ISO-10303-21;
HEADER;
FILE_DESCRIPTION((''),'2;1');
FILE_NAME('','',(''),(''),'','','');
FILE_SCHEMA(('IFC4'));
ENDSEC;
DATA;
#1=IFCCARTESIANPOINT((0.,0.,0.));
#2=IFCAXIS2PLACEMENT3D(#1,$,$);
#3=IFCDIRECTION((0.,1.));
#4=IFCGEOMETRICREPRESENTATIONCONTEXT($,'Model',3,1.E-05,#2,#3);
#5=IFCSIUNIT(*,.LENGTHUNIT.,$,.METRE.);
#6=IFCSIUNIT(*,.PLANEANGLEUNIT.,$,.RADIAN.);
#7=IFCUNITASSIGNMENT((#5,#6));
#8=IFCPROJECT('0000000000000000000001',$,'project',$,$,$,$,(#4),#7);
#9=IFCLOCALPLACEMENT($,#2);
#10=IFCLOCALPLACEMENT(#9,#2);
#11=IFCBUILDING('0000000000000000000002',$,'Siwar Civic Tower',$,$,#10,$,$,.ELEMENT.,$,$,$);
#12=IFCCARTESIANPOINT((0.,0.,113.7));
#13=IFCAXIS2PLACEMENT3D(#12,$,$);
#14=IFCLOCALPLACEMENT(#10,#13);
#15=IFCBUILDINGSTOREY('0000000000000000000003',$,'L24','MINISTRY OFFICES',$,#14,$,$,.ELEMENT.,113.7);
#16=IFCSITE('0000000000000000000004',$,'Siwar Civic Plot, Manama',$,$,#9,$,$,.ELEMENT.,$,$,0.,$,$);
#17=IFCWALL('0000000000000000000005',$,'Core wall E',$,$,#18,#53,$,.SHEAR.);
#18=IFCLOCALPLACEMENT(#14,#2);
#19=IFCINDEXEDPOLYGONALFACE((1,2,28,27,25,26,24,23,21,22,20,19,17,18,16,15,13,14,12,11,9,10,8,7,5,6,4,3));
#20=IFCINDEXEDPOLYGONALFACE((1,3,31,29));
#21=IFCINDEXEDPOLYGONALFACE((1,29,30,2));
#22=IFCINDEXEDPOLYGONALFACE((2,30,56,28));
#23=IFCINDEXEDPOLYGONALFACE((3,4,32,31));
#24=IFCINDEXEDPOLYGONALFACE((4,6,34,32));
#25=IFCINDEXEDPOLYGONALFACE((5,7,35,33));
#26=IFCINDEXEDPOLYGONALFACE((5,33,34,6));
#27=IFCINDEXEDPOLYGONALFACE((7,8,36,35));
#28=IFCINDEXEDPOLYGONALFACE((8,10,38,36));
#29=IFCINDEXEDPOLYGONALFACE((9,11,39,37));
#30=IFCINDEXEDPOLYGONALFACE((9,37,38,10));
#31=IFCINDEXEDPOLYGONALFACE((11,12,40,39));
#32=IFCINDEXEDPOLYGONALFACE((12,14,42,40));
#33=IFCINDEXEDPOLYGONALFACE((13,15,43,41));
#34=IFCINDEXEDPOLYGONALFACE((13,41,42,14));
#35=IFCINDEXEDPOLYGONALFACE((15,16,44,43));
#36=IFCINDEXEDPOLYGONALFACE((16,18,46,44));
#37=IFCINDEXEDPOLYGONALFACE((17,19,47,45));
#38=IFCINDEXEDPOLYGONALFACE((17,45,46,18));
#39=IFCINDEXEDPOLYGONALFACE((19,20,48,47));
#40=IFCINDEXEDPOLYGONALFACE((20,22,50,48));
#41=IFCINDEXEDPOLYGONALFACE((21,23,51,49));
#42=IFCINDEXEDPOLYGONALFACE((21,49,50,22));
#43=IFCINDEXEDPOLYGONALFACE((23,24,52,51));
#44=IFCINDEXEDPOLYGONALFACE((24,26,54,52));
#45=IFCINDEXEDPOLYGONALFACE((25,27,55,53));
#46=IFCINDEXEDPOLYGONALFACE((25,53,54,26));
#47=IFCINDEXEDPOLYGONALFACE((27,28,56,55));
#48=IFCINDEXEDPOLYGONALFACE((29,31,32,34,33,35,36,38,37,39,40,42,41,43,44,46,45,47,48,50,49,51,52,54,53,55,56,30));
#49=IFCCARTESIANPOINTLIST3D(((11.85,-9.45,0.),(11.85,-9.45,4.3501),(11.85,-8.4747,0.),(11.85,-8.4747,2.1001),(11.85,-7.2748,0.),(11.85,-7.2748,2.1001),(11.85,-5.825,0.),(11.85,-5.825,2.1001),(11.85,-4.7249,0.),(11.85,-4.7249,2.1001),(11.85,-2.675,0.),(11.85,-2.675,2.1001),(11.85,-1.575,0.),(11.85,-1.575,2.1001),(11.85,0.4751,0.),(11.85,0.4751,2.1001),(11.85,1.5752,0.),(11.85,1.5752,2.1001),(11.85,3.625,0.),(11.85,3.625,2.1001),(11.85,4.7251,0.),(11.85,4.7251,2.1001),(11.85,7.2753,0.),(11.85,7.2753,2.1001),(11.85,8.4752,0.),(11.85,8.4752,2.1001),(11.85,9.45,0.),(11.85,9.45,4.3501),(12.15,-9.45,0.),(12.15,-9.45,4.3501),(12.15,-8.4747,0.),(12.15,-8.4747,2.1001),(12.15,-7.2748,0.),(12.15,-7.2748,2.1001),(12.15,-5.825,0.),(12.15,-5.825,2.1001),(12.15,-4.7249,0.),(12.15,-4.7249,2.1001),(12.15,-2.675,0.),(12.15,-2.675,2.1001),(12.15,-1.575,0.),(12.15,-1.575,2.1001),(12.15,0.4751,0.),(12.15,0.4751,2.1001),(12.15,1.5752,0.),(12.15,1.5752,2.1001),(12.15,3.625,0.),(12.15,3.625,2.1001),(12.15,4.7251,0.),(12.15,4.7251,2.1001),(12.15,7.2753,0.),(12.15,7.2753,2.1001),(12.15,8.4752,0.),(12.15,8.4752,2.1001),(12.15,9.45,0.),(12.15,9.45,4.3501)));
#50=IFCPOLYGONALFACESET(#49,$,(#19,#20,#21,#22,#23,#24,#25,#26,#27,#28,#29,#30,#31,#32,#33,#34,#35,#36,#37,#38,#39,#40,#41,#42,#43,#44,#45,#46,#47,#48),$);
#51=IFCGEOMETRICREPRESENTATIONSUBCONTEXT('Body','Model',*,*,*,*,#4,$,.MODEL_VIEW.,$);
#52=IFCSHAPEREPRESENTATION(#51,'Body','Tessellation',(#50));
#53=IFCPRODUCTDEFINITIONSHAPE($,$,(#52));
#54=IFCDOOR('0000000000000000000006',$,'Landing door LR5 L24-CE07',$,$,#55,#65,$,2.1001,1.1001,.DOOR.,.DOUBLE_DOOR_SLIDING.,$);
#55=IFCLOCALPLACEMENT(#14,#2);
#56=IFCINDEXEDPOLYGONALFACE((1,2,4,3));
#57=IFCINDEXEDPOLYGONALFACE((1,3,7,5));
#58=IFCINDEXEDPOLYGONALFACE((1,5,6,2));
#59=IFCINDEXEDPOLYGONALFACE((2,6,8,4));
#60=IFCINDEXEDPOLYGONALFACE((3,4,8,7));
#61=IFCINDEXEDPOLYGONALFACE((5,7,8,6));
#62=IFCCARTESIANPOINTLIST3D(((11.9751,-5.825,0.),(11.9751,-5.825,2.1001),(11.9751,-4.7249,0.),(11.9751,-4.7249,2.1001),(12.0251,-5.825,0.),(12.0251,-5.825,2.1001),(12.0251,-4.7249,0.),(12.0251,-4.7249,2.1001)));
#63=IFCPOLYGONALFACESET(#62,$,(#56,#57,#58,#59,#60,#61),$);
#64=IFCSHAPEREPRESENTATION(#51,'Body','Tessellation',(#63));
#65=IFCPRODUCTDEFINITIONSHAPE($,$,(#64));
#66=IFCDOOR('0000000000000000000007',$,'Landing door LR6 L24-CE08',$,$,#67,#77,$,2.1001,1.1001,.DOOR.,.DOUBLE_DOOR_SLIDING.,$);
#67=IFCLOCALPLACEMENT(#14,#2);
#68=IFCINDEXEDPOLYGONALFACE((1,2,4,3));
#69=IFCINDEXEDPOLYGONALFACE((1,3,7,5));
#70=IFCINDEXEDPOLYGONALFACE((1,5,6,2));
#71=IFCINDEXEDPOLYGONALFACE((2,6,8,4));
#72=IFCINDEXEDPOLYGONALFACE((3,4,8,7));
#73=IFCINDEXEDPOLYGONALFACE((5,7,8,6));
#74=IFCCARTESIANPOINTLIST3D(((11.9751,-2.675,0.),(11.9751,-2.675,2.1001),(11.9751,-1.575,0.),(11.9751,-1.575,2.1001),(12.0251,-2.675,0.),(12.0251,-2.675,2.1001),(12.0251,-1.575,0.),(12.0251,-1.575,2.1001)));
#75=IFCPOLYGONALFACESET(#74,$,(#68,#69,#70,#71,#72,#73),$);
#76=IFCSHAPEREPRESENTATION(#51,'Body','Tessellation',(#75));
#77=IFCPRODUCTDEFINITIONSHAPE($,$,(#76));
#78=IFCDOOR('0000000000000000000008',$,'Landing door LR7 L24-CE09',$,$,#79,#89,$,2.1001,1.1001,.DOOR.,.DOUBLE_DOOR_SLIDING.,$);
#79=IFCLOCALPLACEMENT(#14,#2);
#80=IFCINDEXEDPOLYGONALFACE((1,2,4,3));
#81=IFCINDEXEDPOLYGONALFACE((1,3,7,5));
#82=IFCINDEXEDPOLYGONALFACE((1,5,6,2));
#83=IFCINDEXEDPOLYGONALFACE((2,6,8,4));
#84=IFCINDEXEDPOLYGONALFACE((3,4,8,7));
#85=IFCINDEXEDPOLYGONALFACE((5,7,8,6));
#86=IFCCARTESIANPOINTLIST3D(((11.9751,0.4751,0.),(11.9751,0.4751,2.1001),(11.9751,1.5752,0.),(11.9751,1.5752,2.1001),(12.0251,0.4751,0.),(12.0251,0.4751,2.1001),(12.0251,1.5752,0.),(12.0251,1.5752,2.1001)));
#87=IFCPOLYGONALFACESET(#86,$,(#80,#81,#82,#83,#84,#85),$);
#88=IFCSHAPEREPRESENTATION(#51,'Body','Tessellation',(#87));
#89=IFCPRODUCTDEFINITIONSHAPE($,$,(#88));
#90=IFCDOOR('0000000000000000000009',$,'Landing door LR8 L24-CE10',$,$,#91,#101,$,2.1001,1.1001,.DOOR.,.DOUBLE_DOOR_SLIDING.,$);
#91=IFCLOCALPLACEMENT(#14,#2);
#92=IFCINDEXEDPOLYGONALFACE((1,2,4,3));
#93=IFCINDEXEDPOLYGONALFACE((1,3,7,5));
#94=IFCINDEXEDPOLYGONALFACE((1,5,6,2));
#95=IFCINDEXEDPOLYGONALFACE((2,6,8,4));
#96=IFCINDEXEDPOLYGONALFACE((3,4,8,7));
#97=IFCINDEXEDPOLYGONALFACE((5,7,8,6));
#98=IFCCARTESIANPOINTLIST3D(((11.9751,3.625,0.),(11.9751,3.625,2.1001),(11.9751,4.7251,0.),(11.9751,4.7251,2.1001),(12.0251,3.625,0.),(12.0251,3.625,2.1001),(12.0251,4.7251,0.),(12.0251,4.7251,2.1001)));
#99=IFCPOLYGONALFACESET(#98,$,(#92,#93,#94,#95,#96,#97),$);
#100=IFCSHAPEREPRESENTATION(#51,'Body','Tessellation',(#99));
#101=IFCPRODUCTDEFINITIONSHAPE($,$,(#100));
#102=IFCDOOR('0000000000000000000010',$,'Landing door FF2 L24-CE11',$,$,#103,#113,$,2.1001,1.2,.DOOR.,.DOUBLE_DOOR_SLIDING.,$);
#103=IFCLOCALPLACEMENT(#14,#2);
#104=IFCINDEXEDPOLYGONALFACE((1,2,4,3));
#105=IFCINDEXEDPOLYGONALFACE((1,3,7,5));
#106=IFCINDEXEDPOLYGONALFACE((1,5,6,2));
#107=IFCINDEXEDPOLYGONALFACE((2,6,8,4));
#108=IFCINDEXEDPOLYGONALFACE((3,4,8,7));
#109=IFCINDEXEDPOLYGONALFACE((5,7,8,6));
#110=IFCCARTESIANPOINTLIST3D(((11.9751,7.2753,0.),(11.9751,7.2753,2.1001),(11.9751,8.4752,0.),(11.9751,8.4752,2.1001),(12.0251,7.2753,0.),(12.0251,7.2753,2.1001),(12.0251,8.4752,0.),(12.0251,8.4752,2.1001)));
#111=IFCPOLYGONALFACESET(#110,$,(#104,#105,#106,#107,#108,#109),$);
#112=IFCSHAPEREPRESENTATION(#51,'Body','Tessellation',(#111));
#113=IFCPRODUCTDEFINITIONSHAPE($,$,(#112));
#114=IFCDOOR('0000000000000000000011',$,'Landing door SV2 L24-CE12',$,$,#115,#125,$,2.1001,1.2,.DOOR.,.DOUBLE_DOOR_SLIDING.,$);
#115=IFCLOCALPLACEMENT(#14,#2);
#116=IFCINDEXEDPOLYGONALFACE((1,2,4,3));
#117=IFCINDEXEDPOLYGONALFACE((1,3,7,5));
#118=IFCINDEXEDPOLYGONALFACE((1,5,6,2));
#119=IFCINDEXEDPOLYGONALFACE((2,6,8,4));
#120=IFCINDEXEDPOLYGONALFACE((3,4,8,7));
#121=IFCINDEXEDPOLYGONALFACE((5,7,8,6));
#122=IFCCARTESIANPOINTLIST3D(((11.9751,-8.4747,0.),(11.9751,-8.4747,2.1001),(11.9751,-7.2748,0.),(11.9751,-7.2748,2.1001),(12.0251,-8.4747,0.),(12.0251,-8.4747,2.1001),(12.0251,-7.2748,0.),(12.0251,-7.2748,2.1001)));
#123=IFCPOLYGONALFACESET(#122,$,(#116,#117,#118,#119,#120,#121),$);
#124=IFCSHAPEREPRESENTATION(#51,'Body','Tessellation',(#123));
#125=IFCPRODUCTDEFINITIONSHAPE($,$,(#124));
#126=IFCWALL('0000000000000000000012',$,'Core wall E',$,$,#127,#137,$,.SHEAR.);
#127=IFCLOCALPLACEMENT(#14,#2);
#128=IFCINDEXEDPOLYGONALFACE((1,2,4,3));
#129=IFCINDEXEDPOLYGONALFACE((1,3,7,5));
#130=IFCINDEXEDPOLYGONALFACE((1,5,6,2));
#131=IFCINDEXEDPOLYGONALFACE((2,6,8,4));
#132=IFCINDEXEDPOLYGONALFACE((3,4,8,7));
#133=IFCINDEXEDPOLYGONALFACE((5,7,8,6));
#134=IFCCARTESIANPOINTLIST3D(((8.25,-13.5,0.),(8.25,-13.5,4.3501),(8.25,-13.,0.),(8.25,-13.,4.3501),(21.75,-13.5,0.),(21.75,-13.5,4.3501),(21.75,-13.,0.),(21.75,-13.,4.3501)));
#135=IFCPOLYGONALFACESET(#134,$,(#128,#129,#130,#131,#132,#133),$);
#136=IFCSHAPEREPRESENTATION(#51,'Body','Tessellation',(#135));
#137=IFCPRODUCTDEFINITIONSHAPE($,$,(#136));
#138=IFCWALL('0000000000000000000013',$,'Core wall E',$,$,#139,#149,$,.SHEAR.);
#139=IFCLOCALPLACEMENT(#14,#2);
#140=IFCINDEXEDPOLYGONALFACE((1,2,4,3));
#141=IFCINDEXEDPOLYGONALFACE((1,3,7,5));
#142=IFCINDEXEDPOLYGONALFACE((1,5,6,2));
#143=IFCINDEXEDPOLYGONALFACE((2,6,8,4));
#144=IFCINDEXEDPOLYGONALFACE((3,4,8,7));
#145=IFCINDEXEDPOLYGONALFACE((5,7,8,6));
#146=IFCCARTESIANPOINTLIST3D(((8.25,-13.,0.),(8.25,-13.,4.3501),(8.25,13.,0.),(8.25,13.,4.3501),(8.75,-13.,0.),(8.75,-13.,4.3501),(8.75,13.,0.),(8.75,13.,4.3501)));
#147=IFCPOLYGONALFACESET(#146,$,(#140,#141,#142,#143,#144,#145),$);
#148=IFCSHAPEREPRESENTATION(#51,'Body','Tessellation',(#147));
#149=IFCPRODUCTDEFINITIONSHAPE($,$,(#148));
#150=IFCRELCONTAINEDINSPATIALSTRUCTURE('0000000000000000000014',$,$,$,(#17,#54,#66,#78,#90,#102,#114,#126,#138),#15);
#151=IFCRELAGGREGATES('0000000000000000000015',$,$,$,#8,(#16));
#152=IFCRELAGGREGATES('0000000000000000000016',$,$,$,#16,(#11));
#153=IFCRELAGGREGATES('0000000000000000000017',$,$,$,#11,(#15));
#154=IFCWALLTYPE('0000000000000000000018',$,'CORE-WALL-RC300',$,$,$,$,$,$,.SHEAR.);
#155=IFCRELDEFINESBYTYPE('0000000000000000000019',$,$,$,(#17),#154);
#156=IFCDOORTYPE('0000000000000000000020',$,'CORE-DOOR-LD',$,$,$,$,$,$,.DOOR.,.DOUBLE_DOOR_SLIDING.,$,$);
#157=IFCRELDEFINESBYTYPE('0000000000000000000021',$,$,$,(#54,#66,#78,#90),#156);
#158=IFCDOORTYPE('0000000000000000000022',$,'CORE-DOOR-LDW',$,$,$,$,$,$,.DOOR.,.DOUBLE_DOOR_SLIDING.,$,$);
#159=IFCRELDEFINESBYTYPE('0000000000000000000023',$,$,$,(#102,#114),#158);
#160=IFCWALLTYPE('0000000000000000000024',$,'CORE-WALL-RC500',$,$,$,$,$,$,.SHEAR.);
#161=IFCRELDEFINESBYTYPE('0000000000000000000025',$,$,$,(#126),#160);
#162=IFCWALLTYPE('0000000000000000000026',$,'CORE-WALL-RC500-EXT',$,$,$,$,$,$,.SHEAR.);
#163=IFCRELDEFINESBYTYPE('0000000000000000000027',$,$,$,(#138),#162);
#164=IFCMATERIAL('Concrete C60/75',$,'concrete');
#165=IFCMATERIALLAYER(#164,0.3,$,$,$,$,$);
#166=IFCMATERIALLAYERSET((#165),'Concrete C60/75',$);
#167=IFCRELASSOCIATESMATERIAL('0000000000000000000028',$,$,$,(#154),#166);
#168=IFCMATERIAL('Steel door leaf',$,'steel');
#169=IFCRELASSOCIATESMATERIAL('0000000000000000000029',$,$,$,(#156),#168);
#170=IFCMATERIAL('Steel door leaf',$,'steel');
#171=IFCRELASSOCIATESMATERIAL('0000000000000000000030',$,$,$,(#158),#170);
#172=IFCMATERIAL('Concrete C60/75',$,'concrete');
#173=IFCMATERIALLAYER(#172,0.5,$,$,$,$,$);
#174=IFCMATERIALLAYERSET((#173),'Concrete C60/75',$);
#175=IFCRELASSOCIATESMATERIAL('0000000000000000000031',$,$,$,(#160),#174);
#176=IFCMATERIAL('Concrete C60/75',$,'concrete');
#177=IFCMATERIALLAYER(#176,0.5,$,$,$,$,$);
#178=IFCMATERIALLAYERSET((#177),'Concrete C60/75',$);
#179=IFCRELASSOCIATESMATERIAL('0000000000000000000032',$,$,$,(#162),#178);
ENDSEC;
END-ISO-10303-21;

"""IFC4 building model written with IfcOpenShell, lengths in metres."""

from ifc_helpers import new_model, si_unit, direction, frame, frame_2d, origin, place, context, subcontext, project, spatial, rectangle, extrude, material, layer, layer_set, type_object, element, fill, save


model = new_model("IFC4")

# Units and contexts
model_context = context("Model", 3, precision=1e-05, world=origin(), true_north=direction((0.0, 1.0)))
body_context = subcontext(model_context, "Body", "Model", "MODEL_VIEW")
ifc_project = project(units=[si_unit("LENGTHUNIT", "METRE"), si_unit("PLANEANGLEUNIT", "RADIAN")], contexts=[model_context])

# Site, building, storey
site_placement = place(None, origin())
site = spatial("IfcSite", under=ifc_project, at=site_placement, Name="Siwar Civic Plot, Manama", CompositionType="ELEMENT", RefElevation=0.0)
building_placement = place(site_placement, origin())
building = spatial("IfcBuilding", under=site, at=building_placement, Name="Siwar Civic Tower", CompositionType="ELEMENT")
storey_placement = place(building_placement, frame((0.0, 0.0, 113.7)))
storey = spatial("IfcBuildingStorey", under=building, at=storey_placement, Name="L24", Description="MINISTRY OFFICES", CompositionType="ELEMENT", Elevation=113.7)

# Wall, openings, doors
ifc_material_1 = material(Name="Concrete C60/75", Category="concrete")
ifc_layer_1 = layer(ifc_material_1, 0.3)
ifc_layer_set_1 = layer_set([ifc_layer_1], Name="Concrete C60/75")
wall_type_1 = type_object("IfcWallType", Name="CORE-WALL-RC300", PredefinedType="SHEAR", material=ifc_layer_set_1)
wall_1_placement = place(storey_placement, frame((12.0, -9.45, 0.0), z_axis=(0.0, 0.0, 1.0), x_axis=(0.0, 1.0, 0.0)))
wall_1 = element("IfcWall", 1, at=wall_1_placement, inside=storey, type_object=wall_type_1, Name="Core wall E", PredefinedType="SHEAR", context=body_context, shape_type="SweptSolid", body=[
    extrude(rectangle(XDim=18.8999, YDim=0.3, at=frame_2d((9.45, 0.0))), origin(), (0.0, 0.0, 1.0), 4.3501),
])
opening_1_placement = place(wall_1_placement, frame((3.625, 0.0, 0.0)))
opening_1 = element("IfcOpeningElement", 2, at=opening_1_placement, cuts=wall_1, PredefinedType="OPENING", context=body_context, shape_type="SweptSolid", body=[
    extrude(rectangle(XDim=1.1001, YDim=2.1001, at=frame_2d((0.55, 1.05))), frame((0.0, 0.1602, 0.0), z_axis=(0.0, -1.0, 0.0), x_axis=(1.0, 0.0, 0.0)), (0.0, 0.0, 1.0), 0.3201),
])
opening_2_placement = place(wall_1_placement, frame((6.7749, 0.0, 0.0)))
opening_2 = element("IfcOpeningElement", 3, at=opening_2_placement, cuts=wall_1, PredefinedType="OPENING", context=body_context, shape_type="SweptSolid", body=[
    extrude(rectangle(XDim=1.1001, YDim=2.1001, at=frame_2d((0.55, 1.05))), frame((0.0, 0.1602, 0.0), z_axis=(0.0, -1.0, 0.0), x_axis=(1.0, 0.0, 0.0)), (0.0, 0.0, 1.0), 0.3201),
])
opening_3_placement = place(wall_1_placement, frame((9.925, 0.0, 0.0)))
opening_3 = element("IfcOpeningElement", 4, at=opening_3_placement, cuts=wall_1, PredefinedType="OPENING", context=body_context, shape_type="SweptSolid", body=[
    extrude(rectangle(XDim=1.1001, YDim=2.1001, at=frame_2d((0.55, 1.05))), frame((0.0, 0.1602, 0.0), z_axis=(0.0, -1.0, 0.0), x_axis=(1.0, 0.0, 0.0)), (0.0, 0.0, 1.0), 0.3201),
])
opening_4_placement = place(wall_1_placement, frame((13.075, 0.0, 0.0)))
opening_4 = element("IfcOpeningElement", 5, at=opening_4_placement, cuts=wall_1, PredefinedType="OPENING", context=body_context, shape_type="SweptSolid", body=[
    extrude(rectangle(XDim=1.1001, YDim=2.1001, at=frame_2d((0.55, 1.05))), frame((0.0, 0.1602, 0.0), z_axis=(0.0, -1.0, 0.0), x_axis=(1.0, 0.0, 0.0)), (0.0, 0.0, 1.0), 0.3201),
])
opening_5_placement = place(wall_1_placement, frame((16.7251, 0.0, 0.0)))
opening_5 = element("IfcOpeningElement", 6, at=opening_5_placement, cuts=wall_1, PredefinedType="OPENING", context=body_context, shape_type="SweptSolid", body=[
    extrude(rectangle(XDim=1.2, YDim=2.1001, at=frame_2d((0.6001, 1.05))), frame((0.0, 0.1602, 0.0), z_axis=(0.0, -1.0, 0.0), x_axis=(1.0, 0.0, 0.0)), (0.0, 0.0, 1.0), 0.3201),
])
opening_6_placement = place(wall_1_placement, frame((0.9751, 0.0, 0.0)))
opening_6 = element("IfcOpeningElement", 7, at=opening_6_placement, cuts=wall_1, PredefinedType="OPENING", context=body_context, shape_type="SweptSolid", body=[
    extrude(rectangle(XDim=1.2, YDim=2.1001, at=frame_2d((0.6001, 1.05))), frame((0.0, 0.1602, 0.0), z_axis=(0.0, -1.0, 0.0), x_axis=(1.0, 0.0, 0.0)), (0.0, 0.0, 1.0), 0.3201),
])
ifc_material_2 = material(Name="Steel door leaf", Category="steel")
door_type_1 = type_object("IfcDoorType", Name="CORE-DOOR-LD", OperationType="DOUBLE_DOOR_SLIDING", PredefinedType="DOOR", material=ifc_material_2)
door_1_placement = place(opening_1_placement, origin())
door_1 = element("IfcDoor", 8, at=door_1_placement, inside=storey, type_object=door_type_1, Name="Landing door LR5 L24-CE07", OperationType="DOUBLE_DOOR_SLIDING", OverallHeight=2.1001, OverallWidth=1.1001, PredefinedType="DOOR", context=body_context, shape_type="SweptSolid", body=[
    extrude(rectangle(XDim=1.1001, YDim=2.1001, at=frame_2d((0.55, 1.05))), frame((0.0, 0.0249, 0.0), z_axis=(0.0, -1.0, 0.0), x_axis=(1.0, 0.0, 0.0)), (0.0, 0.0, 1.0), 0.05),
])
fill(opening_1, door_1)
door_2_placement = place(opening_2_placement, origin())
door_2 = element("IfcDoor", 9, at=door_2_placement, inside=storey, type_object=door_type_1, Name="Landing door LR6 L24-CE08", OperationType="DOUBLE_DOOR_SLIDING", OverallHeight=2.1001, OverallWidth=1.1001, PredefinedType="DOOR", context=body_context, shape_type="SweptSolid", body=[
    extrude(rectangle(XDim=1.1001, YDim=2.1001, at=frame_2d((0.55, 1.05))), frame((0.0, 0.0249, 0.0), z_axis=(0.0, -1.0, 0.0), x_axis=(1.0, 0.0, 0.0)), (0.0, 0.0, 1.0), 0.05),
])
fill(opening_2, door_2)
door_3_placement = place(opening_3_placement, origin())
door_3 = element("IfcDoor", 10, at=door_3_placement, inside=storey, type_object=door_type_1, Name="Landing door LR7 L24-CE09", OperationType="DOUBLE_DOOR_SLIDING", OverallHeight=2.1001, OverallWidth=1.1001, PredefinedType="DOOR", context=body_context, shape_type="SweptSolid", body=[
    extrude(rectangle(XDim=1.1001, YDim=2.1001, at=frame_2d((0.55, 1.05))), frame((0.0, 0.0249, 0.0), z_axis=(0.0, -1.0, 0.0), x_axis=(1.0, 0.0, 0.0)), (0.0, 0.0, 1.0), 0.05),
])
fill(opening_3, door_3)
door_4_placement = place(opening_4_placement, origin())
door_4 = element("IfcDoor", 11, at=door_4_placement, inside=storey, type_object=door_type_1, Name="Landing door LR8 L24-CE10", OperationType="DOUBLE_DOOR_SLIDING", OverallHeight=2.1001, OverallWidth=1.1001, PredefinedType="DOOR", context=body_context, shape_type="SweptSolid", body=[
    extrude(rectangle(XDim=1.1001, YDim=2.1001, at=frame_2d((0.55, 1.05))), frame((0.0, 0.0249, 0.0), z_axis=(0.0, -1.0, 0.0), x_axis=(1.0, 0.0, 0.0)), (0.0, 0.0, 1.0), 0.05),
])
fill(opening_4, door_4)
ifc_material_3 = material(Name="Steel door leaf", Category="steel")
door_type_2 = type_object("IfcDoorType", Name="CORE-DOOR-LDW", OperationType="DOUBLE_DOOR_SLIDING", PredefinedType="DOOR", material=ifc_material_3)
door_5_placement = place(opening_5_placement, origin())
door_5 = element("IfcDoor", 12, at=door_5_placement, inside=storey, type_object=door_type_2, Name="Landing door FF2 L24-CE11", OperationType="DOUBLE_DOOR_SLIDING", OverallHeight=2.1001, OverallWidth=1.2, PredefinedType="DOOR", context=body_context, shape_type="SweptSolid", body=[
    extrude(rectangle(XDim=1.2, YDim=2.1001, at=frame_2d((0.6001, 1.05))), frame((0.0, 0.0249, 0.0), z_axis=(0.0, -1.0, 0.0), x_axis=(1.0, 0.0, 0.0)), (0.0, 0.0, 1.0), 0.05),
])
fill(opening_5, door_5)
door_6_placement = place(opening_6_placement, origin())
door_6 = element("IfcDoor", 13, at=door_6_placement, inside=storey, type_object=door_type_2, Name="Landing door SV2 L24-CE12", OperationType="DOUBLE_DOOR_SLIDING", OverallHeight=2.1001, OverallWidth=1.2, PredefinedType="DOOR", context=body_context, shape_type="SweptSolid", body=[
    extrude(rectangle(XDim=1.2, YDim=2.1001, at=frame_2d((0.6001, 1.05))), frame((0.0, 0.0249, 0.0), z_axis=(0.0, -1.0, 0.0), x_axis=(1.0, 0.0, 0.0)), (0.0, 0.0, 1.0), 0.05),
])
fill(opening_6, door_6)

# Walls
ifc_material_4 = material(Name="Concrete C60/75", Category="concrete")
ifc_layer_2 = layer(ifc_material_4, 0.5)
ifc_layer_set_2 = layer_set([ifc_layer_2], Name="Concrete C60/75")
wall_type_2 = type_object("IfcWallType", Name="CORE-WALL-RC500", PredefinedType="SHEAR", material=ifc_layer_set_2)
wall_2_placement = place(storey_placement, frame((8.25, -13.25, 0.0), z_axis=(0.0, 0.0, 1.0), x_axis=(1.0, 0.0, 0.0)))
element("IfcWall", 14, at=wall_2_placement, inside=storey, type_object=wall_type_2, Name="Core wall E", PredefinedType="SHEAR", context=body_context, shape_type="SweptSolid", body=[
    extrude(rectangle(XDim=13.5, YDim=0.5, at=frame_2d((6.75, 0.0))), origin(), (0.0, 0.0, 1.0), 4.3501),
])
ifc_material_5 = material(Name="Concrete C60/75", Category="concrete")
ifc_layer_3 = layer(ifc_material_5, 0.5)
ifc_layer_set_3 = layer_set([ifc_layer_3], Name="Concrete C60/75")
wall_type_3 = type_object("IfcWallType", Name="CORE-WALL-RC500-EXT", PredefinedType="SHEAR", material=ifc_layer_set_3)
wall_3_placement = place(storey_placement, frame((8.5, -13.0, 0.0), z_axis=(0.0, 0.0, 1.0), x_axis=(0.0, 1.0, 0.0)))
element("IfcWall", 15, at=wall_3_placement, inside=storey, type_object=wall_type_3, Name="Core wall E", PredefinedType="SHEAR", context=body_context, shape_type="SweptSolid", body=[
    extrude(rectangle(XDim=26.0, YDim=0.5, at=frame_2d((13.0, 0.0))), origin(), (0.0, 0.0, 1.0), 4.3501),
])

save(model, "model.ifc")
